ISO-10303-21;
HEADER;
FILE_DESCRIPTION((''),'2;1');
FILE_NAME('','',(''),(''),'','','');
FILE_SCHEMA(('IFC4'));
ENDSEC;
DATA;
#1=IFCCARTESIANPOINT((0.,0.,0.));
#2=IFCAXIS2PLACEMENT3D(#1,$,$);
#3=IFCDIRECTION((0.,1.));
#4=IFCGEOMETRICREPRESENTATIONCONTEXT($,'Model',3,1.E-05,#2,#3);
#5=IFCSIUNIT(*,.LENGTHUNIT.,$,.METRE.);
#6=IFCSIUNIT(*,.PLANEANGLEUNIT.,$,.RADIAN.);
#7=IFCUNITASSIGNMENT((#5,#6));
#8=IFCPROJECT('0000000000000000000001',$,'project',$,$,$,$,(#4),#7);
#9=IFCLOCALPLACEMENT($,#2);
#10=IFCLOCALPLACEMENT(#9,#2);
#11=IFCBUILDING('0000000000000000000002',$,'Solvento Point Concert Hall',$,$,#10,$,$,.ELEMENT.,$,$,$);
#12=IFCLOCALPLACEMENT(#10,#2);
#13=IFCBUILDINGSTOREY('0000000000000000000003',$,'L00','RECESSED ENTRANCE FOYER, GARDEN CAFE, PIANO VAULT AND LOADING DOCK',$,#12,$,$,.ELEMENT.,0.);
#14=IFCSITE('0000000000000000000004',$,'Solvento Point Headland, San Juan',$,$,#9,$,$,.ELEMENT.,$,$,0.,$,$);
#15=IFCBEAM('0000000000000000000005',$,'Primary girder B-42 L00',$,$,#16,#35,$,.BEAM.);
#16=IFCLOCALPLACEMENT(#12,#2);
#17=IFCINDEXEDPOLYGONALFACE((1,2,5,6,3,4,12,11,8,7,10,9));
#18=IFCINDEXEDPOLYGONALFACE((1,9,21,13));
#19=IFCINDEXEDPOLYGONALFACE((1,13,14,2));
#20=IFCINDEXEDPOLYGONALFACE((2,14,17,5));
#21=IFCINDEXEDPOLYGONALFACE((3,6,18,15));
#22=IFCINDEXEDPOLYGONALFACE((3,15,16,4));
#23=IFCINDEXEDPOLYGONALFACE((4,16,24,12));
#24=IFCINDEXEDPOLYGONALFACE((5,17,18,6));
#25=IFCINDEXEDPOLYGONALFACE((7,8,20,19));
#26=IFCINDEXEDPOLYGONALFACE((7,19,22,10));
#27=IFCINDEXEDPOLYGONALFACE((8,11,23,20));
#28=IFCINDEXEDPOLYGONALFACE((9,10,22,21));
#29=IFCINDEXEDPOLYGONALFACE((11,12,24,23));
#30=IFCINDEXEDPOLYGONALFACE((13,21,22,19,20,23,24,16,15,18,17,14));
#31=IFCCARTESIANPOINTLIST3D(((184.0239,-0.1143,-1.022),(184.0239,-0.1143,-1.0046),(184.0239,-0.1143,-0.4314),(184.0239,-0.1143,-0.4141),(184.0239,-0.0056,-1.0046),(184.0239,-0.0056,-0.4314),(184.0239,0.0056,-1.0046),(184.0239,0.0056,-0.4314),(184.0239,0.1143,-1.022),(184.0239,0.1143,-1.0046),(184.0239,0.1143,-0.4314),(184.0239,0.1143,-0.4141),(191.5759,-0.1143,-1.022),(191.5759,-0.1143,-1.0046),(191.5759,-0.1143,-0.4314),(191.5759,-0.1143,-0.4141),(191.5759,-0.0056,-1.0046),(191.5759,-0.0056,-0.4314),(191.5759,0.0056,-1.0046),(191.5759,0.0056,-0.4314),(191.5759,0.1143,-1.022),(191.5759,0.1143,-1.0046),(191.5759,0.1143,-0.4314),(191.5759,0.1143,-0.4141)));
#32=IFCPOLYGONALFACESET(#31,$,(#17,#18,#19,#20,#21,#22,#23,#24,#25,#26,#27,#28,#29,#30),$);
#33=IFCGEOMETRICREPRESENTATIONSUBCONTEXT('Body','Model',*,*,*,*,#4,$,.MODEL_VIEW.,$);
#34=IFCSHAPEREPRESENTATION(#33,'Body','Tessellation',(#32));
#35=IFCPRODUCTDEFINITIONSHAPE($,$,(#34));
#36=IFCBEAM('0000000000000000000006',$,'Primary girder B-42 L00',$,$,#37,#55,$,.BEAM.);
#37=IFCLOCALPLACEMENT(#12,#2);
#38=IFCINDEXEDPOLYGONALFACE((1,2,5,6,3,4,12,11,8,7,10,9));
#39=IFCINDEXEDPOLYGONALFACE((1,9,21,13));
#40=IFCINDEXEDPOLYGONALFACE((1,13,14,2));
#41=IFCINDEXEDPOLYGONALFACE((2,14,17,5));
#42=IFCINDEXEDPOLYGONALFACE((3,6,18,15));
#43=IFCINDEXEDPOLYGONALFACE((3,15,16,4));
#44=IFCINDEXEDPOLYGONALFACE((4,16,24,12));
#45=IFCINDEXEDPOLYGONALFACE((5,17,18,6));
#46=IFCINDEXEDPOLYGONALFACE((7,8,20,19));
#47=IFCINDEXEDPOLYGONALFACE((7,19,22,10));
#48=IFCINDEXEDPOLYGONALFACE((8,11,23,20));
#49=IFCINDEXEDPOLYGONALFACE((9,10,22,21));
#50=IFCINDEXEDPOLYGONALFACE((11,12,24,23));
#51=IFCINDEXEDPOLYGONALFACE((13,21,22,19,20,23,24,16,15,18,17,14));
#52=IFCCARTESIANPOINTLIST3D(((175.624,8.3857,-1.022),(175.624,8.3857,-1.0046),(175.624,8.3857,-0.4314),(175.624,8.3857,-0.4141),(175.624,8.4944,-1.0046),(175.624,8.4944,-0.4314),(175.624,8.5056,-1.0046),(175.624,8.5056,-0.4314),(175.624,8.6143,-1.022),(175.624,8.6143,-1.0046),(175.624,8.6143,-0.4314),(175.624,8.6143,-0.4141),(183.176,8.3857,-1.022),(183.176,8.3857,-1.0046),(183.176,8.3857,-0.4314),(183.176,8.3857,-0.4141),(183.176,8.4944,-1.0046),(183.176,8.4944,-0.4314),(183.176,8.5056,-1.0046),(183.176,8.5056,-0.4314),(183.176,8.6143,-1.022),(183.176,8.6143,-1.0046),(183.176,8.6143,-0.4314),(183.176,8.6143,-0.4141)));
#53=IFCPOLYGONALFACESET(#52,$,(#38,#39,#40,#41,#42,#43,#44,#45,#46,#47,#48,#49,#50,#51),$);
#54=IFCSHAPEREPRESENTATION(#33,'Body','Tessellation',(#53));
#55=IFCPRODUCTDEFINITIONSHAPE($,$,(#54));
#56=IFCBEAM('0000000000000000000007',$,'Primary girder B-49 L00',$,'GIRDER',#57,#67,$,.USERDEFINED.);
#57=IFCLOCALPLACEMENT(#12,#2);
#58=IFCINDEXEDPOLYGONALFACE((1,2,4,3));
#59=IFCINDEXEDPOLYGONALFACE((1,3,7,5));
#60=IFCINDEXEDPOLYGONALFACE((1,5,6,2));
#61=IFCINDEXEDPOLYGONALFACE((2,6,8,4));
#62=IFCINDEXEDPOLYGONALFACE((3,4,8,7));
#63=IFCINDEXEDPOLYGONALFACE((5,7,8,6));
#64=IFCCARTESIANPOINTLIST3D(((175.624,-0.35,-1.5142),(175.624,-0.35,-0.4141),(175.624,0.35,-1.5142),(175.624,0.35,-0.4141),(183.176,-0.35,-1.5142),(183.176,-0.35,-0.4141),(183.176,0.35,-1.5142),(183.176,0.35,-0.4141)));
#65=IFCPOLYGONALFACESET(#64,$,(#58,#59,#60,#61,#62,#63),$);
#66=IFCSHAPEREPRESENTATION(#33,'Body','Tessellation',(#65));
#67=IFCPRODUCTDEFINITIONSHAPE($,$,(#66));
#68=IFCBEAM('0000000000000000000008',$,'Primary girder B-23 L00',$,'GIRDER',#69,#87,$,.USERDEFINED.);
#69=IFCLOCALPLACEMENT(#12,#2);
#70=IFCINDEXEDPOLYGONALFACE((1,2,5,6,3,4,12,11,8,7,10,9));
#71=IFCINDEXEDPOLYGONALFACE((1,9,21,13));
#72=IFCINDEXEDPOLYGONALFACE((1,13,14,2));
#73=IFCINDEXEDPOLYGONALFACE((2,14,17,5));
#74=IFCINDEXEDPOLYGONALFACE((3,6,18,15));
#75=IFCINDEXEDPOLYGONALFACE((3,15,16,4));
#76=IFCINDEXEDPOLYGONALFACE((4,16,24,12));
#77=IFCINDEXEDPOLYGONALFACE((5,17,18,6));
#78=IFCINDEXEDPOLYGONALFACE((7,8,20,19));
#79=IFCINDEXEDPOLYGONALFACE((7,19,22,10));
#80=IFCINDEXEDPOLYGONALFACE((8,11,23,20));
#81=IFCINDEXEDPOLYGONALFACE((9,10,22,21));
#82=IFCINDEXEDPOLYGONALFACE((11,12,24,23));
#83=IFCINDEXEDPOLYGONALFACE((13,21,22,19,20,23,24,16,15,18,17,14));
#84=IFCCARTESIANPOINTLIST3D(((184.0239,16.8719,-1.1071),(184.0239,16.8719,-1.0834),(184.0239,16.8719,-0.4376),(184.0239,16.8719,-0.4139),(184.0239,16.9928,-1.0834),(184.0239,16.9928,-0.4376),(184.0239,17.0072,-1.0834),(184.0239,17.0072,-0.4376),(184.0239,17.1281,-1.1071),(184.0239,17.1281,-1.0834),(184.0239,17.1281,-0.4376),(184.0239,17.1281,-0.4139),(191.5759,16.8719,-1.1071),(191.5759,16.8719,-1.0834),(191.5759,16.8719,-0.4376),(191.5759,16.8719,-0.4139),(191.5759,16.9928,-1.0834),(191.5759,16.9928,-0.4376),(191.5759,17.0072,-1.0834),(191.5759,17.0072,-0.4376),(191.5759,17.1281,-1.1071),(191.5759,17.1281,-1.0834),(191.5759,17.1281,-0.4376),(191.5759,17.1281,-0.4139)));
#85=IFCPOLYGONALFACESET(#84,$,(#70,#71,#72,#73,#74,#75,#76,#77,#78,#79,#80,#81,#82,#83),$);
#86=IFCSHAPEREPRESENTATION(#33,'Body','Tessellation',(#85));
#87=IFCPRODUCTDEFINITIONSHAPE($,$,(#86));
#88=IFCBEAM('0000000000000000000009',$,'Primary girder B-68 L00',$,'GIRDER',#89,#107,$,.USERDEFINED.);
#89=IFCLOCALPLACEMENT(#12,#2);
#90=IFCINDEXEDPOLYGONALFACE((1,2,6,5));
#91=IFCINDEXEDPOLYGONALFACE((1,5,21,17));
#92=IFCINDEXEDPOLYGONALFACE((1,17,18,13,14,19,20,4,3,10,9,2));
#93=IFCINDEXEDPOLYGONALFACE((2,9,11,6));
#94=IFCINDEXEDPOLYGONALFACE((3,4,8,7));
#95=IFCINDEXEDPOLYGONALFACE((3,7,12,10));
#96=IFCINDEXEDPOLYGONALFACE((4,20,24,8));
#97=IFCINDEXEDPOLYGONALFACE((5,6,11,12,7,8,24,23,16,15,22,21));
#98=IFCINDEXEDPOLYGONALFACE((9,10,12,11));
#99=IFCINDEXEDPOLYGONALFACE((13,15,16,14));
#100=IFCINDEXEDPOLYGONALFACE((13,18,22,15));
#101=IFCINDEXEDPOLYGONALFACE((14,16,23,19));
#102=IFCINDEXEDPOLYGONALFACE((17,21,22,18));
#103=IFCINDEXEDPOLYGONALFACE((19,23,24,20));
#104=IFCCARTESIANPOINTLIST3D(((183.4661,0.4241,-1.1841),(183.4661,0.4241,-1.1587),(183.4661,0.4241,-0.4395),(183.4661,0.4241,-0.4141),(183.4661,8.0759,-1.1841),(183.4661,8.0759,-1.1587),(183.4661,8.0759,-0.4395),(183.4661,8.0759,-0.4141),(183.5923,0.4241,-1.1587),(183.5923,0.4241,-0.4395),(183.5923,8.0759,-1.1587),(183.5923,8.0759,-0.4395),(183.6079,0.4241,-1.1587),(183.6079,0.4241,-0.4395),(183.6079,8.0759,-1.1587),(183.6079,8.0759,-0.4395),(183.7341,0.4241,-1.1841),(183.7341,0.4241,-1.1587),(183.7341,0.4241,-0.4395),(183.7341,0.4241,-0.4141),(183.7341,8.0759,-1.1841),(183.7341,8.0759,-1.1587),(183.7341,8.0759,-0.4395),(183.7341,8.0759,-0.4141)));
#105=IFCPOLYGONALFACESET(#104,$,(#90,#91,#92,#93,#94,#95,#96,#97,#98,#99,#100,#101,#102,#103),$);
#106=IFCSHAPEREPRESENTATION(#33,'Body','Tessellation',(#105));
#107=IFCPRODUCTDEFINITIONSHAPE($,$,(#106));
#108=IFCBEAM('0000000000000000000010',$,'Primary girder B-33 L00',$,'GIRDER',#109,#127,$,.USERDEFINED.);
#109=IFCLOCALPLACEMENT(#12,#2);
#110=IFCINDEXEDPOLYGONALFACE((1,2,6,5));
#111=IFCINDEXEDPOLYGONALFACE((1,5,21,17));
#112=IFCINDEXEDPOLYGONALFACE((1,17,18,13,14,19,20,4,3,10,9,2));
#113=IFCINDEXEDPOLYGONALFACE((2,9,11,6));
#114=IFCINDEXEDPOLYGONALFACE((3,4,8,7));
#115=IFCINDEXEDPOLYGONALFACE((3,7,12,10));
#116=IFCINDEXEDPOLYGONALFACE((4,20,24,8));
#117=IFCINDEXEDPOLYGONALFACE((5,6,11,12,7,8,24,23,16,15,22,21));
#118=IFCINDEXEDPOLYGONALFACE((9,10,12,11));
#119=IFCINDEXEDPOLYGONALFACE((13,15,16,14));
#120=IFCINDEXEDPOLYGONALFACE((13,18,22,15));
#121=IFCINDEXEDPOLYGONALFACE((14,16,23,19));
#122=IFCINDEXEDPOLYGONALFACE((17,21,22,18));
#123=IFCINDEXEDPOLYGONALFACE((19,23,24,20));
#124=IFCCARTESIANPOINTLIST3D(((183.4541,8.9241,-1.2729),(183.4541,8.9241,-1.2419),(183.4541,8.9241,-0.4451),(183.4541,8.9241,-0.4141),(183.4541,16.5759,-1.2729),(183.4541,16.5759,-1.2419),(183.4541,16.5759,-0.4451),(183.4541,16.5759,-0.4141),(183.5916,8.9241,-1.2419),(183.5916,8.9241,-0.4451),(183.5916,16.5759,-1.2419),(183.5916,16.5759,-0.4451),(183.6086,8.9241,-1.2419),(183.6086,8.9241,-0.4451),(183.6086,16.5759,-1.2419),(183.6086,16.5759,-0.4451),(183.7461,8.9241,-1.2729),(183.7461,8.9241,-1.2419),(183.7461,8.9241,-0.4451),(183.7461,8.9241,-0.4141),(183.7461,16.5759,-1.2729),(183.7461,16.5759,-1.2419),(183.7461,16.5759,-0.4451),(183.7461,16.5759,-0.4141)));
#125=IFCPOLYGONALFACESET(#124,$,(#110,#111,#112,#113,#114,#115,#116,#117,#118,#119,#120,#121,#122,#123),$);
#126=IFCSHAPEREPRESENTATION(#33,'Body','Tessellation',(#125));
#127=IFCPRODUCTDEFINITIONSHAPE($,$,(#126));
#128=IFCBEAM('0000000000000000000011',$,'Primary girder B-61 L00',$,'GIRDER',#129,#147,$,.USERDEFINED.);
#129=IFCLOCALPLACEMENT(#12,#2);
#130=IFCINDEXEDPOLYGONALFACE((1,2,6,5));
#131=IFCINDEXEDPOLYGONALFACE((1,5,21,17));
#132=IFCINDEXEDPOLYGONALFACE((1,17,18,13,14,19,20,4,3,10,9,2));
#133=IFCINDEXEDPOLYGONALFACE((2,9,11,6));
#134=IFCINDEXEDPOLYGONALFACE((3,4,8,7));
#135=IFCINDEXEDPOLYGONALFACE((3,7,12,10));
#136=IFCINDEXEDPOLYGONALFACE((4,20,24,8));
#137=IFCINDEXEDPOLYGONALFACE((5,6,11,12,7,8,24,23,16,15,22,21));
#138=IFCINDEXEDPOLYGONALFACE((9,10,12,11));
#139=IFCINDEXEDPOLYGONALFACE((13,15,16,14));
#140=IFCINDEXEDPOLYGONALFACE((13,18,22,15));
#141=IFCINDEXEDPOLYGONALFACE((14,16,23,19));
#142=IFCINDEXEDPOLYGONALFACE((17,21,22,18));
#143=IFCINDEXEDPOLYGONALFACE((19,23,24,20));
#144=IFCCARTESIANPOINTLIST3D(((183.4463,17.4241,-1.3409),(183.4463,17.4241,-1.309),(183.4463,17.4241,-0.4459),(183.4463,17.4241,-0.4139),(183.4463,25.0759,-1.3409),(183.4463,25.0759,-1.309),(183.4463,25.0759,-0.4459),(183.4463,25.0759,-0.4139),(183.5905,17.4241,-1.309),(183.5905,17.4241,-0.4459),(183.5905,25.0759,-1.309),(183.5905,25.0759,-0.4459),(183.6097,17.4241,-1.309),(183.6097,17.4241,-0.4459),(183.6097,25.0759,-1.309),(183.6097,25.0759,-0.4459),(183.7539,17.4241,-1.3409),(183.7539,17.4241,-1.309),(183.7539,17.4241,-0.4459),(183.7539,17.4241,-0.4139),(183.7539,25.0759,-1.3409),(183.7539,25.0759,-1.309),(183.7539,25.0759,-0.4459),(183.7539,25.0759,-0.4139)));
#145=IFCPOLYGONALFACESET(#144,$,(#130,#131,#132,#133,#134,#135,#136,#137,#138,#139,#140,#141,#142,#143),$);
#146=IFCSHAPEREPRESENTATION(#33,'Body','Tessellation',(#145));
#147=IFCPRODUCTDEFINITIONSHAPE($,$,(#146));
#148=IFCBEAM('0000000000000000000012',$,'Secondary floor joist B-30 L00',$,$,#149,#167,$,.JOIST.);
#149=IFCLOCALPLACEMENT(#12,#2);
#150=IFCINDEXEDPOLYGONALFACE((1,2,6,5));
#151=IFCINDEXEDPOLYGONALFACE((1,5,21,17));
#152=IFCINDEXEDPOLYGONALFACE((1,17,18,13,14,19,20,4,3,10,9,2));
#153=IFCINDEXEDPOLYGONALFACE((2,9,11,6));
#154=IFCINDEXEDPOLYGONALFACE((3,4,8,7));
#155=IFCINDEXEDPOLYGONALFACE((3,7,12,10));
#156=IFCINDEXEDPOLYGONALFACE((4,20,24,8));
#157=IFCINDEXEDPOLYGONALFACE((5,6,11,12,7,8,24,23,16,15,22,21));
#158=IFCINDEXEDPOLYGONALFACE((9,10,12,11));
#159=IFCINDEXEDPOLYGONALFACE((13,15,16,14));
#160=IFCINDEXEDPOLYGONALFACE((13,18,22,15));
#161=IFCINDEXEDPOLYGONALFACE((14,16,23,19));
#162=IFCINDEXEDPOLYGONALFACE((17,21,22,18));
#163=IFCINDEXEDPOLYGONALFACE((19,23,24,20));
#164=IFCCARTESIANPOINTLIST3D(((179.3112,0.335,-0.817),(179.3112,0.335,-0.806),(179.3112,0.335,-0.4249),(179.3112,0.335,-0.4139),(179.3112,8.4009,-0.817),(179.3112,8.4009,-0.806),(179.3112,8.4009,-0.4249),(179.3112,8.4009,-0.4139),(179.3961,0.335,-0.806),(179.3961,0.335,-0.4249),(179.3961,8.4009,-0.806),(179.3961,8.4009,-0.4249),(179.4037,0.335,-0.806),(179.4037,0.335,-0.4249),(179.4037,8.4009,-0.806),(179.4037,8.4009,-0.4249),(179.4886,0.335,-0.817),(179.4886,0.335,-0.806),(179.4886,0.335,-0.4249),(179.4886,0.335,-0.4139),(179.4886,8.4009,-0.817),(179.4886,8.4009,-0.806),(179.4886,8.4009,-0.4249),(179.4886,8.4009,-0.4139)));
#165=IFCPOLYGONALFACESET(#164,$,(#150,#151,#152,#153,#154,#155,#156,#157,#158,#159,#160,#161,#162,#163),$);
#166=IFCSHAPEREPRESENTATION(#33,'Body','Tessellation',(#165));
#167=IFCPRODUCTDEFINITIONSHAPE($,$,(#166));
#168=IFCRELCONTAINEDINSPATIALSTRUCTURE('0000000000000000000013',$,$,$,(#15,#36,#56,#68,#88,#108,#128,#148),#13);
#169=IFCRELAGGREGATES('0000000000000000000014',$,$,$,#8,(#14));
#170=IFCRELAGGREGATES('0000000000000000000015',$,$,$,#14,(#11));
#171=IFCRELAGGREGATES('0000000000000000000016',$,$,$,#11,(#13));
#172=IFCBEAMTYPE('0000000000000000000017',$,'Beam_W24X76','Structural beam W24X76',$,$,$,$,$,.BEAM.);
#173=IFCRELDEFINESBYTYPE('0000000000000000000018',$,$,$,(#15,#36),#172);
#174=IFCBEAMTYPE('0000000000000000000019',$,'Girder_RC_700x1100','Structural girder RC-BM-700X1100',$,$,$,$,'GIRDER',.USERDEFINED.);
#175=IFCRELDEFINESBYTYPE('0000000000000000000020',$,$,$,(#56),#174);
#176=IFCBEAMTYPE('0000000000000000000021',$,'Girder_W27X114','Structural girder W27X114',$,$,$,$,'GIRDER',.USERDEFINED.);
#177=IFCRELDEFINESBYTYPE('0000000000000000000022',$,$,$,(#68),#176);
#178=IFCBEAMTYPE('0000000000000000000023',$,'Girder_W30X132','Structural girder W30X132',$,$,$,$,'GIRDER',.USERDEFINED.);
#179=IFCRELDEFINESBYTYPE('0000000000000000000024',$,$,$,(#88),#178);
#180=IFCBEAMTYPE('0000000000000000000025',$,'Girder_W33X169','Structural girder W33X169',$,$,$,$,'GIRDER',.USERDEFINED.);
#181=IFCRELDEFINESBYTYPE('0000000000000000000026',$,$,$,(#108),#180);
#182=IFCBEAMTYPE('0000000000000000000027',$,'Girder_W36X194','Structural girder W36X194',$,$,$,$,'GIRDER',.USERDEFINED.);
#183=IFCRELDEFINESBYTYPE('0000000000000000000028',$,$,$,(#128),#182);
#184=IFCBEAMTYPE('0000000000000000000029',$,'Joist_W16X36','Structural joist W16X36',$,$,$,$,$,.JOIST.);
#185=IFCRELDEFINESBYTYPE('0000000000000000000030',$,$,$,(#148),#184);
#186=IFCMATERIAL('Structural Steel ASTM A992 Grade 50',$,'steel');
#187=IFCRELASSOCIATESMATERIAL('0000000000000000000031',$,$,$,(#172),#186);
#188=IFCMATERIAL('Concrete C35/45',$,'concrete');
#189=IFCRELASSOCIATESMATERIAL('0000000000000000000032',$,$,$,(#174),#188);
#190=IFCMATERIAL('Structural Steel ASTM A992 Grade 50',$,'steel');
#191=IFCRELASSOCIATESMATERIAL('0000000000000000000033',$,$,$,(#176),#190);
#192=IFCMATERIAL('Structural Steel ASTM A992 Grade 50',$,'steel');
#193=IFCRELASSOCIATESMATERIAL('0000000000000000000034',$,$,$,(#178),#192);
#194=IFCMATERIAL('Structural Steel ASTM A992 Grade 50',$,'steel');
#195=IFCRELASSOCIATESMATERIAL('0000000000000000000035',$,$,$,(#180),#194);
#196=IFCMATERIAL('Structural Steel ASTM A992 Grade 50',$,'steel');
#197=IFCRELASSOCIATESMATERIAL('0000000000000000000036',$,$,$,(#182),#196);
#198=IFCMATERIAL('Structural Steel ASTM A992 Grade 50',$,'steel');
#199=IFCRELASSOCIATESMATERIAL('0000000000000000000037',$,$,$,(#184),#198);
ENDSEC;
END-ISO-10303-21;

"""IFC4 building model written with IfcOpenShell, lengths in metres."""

from ifc_helpers import new_model, si_unit, direction, frame, origin, origin_2d, place, context, subcontext, project, spatial, rectangle, i_section, extrude, material, material_profile, profile_set, type_object, element, save


model = new_model("IFC4")

# Units and contexts
model_context = context("Model", 3, precision=1e-05, world=origin(), true_north=direction((0.0, 1.0)))
body_context = subcontext(model_context, "Body", "Model", "MODEL_VIEW")
ifc_project = project(units=[si_unit("LENGTHUNIT", "METRE"), si_unit("PLANEANGLEUNIT", "RADIAN")], contexts=[model_context])

# Site, building, storey
site_placement = place(None, origin())
site = spatial("IfcSite", under=ifc_project, at=site_placement, Name="Solvento Point Headland, San Juan", CompositionType="ELEMENT", RefElevation=0.0)
building_placement = place(site_placement, origin())
building = spatial("IfcBuilding", under=site, at=building_placement, Name="Solvento Point Concert Hall", CompositionType="ELEMENT")
storey_placement = place(building_placement, origin())
storey = spatial("IfcBuildingStorey", under=building, at=storey_placement, Name="L00", Description="RECESSED ENTRANCE FOYER, GARDEN CAFE, PIANO VAULT AND LOADING DOCK", CompositionType="ELEMENT", Elevation=0.0)

# Beams
ifc_material_1 = material(Name="Structural Steel ASTM A992 Grade 50", Category="steel")
ifc_material_profile_1 = material_profile(ifc_material_1, i_section(OverallWidth=0.2285, OverallDepth=0.6079, WebThickness=0.0112, FlangeThickness=0.0173, at=origin_2d()), Name="W24X76")
ifc_profile_set_1 = profile_set([ifc_material_profile_1], Name="Structural Steel ASTM A992 Grade 50")
beam_type_1 = type_object("IfcBeamType", Name="Beam_W24X76", Description="Structural beam W24X76", PredefinedType="BEAM", material=ifc_profile_set_1)
for number, where, z_axis, x_axis, name in (
    (1, (184.0239, 0.0, -0.718), (1.0, 0.0, 0.0), (0.0, 1.0, 0.0), "Primary girder B-42 L00"),
    (2, (175.624, 8.5, -0.718), (1.0, 0.0, 0.0), (0.0, 1.0, 0.0), "Primary girder B-42 L00"),
):
    element("IfcBeam", number, at=place(storey_placement, frame(where, z_axis=z_axis, x_axis=x_axis)), inside=storey, type_object=beam_type_1, Name=name, PredefinedType="BEAM", context=body_context, shape_type="SweptSolid", body=[
        extrude(i_section(OverallWidth=0.2285, OverallDepth=0.6079, WebThickness=0.0112, FlangeThickness=0.0173, at=origin_2d()), origin(), (0.0, 0.0, 1.0), 7.552),
    ])
ifc_material_2 = material(Name="Concrete C35/45", Category="concrete")
ifc_material_profile_2 = material_profile(ifc_material_2, rectangle(XDim=0.7, YDim=1.1001, at=origin_2d()), Name="RC-BM-700X1100")
ifc_profile_set_2 = profile_set([ifc_material_profile_2], Name="Concrete C35/45")
beam_type_2 = type_object("IfcBeamType", Name="Girder_RC_700x1100", Description="Structural girder RC-BM-700X1100", ElementType="GIRDER", PredefinedType="USERDEFINED", material=ifc_profile_set_2)
beam_1_placement = place(storey_placement, frame((175.624, 0.0, -0.9641), z_axis=(1.0, 0.0, 0.0), x_axis=(0.0, 1.0, 0.0)))
element("IfcBeam", 3, at=beam_1_placement, inside=storey, type_object=beam_type_2, Name="Primary girder B-49 L00", ObjectType="GIRDER", PredefinedType="USERDEFINED", context=body_context, shape_type="SweptSolid", body=[
    extrude(rectangle(XDim=0.7, YDim=1.1001, at=origin_2d()), origin(), (0.0, 0.0, 1.0), 7.552),
])
ifc_material_3 = material(Name="Structural Steel ASTM A992 Grade 50", Category="steel")
ifc_material_profile_3 = material_profile(ifc_material_3, i_section(OverallWidth=0.2561, OverallDepth=0.6931, WebThickness=0.0144, FlangeThickness=0.0237, at=origin_2d()), Name="W27X114")
ifc_profile_set_3 = profile_set([ifc_material_profile_3], Name="Structural Steel ASTM A992 Grade 50")
beam_type_3 = type_object("IfcBeamType", Name="Girder_W27X114", Description="Structural girder W27X114", ElementType="GIRDER", PredefinedType="USERDEFINED", material=ifc_profile_set_3)
beam_2_placement = place(storey_placement, frame((184.0239, 17.0, -0.7605), z_axis=(1.0, 0.0, 0.0), x_axis=(0.0, 1.0, 0.0)))
element("IfcBeam", 4, at=beam_2_placement, inside=storey, type_object=beam_type_3, Name="Primary girder B-23 L00", ObjectType="GIRDER", PredefinedType="USERDEFINED", context=body_context, shape_type="SweptSolid", body=[
    extrude(i_section(OverallWidth=0.2561, OverallDepth=0.6931, WebThickness=0.0144, FlangeThickness=0.0237, at=origin_2d()), origin(), (0.0, 0.0, 1.0), 7.552),
])
ifc_material_4 = material(Name="Structural Steel ASTM A992 Grade 50", Category="steel")
ifc_material_profile_4 = material_profile(ifc_material_4, i_section(OverallWidth=0.2681, OverallDepth=0.77, WebThickness=0.0156, FlangeThickness=0.0254, at=origin_2d()), Name="W30X132")
ifc_profile_set_4 = profile_set([ifc_material_profile_4], Name="Structural Steel ASTM A992 Grade 50")
beam_type_4 = type_object("IfcBeamType", Name="Girder_W30X132", Description="Structural girder W30X132", ElementType="GIRDER", PredefinedType="USERDEFINED", material=ifc_profile_set_4)
beam_3_placement = place(storey_placement, frame((183.6001, 0.4241, -0.7991), z_axis=(0.0, 1.0, 0.0), x_axis=(-1.0, 0.0, 0.0)))
element("IfcBeam", 5, at=beam_3_placement, inside=storey, type_object=beam_type_4, Name="Primary girder B-68 L00", ObjectType="GIRDER", PredefinedType="USERDEFINED", context=body_context, shape_type="SweptSolid", body=[
    extrude(i_section(OverallWidth=0.2681, OverallDepth=0.77, WebThickness=0.0156, FlangeThickness=0.0254, at=origin_2d()), origin(), (0.0, 0.0, 1.0), 7.6519),
])
ifc_material_5 = material(Name="Structural Steel ASTM A992 Grade 50", Category="steel")
ifc_material_profile_5 = material_profile(ifc_material_5, i_section(OverallWidth=0.292, OverallDepth=0.8589, WebThickness=0.0171, FlangeThickness=0.031, at=origin_2d()), Name="W33X169")
ifc_profile_set_5 = profile_set([ifc_material_profile_5], Name="Structural Steel ASTM A992 Grade 50")
beam_type_5 = type_object("IfcBeamType", Name="Girder_W33X169", Description="Structural girder W33X169", ElementType="GIRDER", PredefinedType="USERDEFINED", material=ifc_profile_set_5)
beam_4_placement = place(storey_placement, frame((183.6001, 8.9241, -0.8435), z_axis=(0.0, 1.0, 0.0), x_axis=(-1.0, 0.0, 0.0)))
element("IfcBeam", 6, at=beam_4_placement, inside=storey, type_object=beam_type_5, Name="Primary girder B-33 L00", ObjectType="GIRDER", PredefinedType="USERDEFINED", context=body_context, shape_type="SweptSolid", body=[
    extrude(i_section(OverallWidth=0.292, OverallDepth=0.8589, WebThickness=0.0171, FlangeThickness=0.031, at=origin_2d()), origin(), (0.0, 0.0, 1.0), 7.6519),
])
ifc_material_6 = material(Name="Structural Steel ASTM A992 Grade 50", Category="steel")
ifc_material_profile_6 = material_profile(ifc_material_6, i_section(OverallWidth=0.3076, OverallDepth=0.927, WebThickness=0.0193, FlangeThickness=0.032, at=origin_2d()), Name="W36X194")
ifc_profile_set_6 = profile_set([ifc_material_profile_6], Name="Structural Steel ASTM A992 Grade 50")
beam_type_6 = type_object("IfcBeamType", Name="Girder_W36X194", Description="Structural girder W36X194", ElementType="GIRDER", PredefinedType="USERDEFINED", material=ifc_profile_set_6)
beam_5_placement = place(storey_placement, frame((183.6001, 17.4241, -0.8774), z_axis=(0.0, 1.0, 0.0), x_axis=(-1.0, 0.0, 0.0)))
element("IfcBeam", 7, at=beam_5_placement, inside=storey, type_object=beam_type_6, Name="Primary girder B-61 L00", ObjectType="GIRDER", PredefinedType="USERDEFINED", context=body_context, shape_type="SweptSolid", body=[
    extrude(i_section(OverallWidth=0.3076, OverallDepth=0.927, WebThickness=0.0193, FlangeThickness=0.032, at=origin_2d()), origin(), (0.0, 0.0, 1.0), 7.6519),
])
ifc_material_7 = material(Name="Structural Steel ASTM A992 Grade 50", Category="steel")
ifc_material_profile_7 = material_profile(ifc_material_7, i_section(OverallWidth=0.1775, OverallDepth=0.4031, WebThickness=0.0076, FlangeThickness=0.011, at=origin_2d()), Name="W16X36")
ifc_profile_set_7 = profile_set([ifc_material_profile_7], Name="Structural Steel ASTM A992 Grade 50")
beam_type_7 = type_object("IfcBeamType", Name="Joist_W16X36", Description="Structural joist W16X36", PredefinedType="JOIST", material=ifc_profile_set_7)
beam_6_placement = place(storey_placement, frame((179.3999, 0.335, -0.6155), z_axis=(0.0, 1.0, 0.0), x_axis=(-1.0, 0.0, 0.0)))
element("IfcBeam", 8, at=beam_6_placement, inside=storey, type_object=beam_type_7, Name="Secondary floor joist B-30 L00", PredefinedType="JOIST", context=body_context, shape_type="SweptSolid", body=[
    extrude(i_section(OverallWidth=0.1775, OverallDepth=0.4031, WebThickness=0.0076, FlangeThickness=0.011, at=origin_2d()), origin(), (0.0, 0.0, 1.0), 8.0659),
])

save(model, "model.ifc")
